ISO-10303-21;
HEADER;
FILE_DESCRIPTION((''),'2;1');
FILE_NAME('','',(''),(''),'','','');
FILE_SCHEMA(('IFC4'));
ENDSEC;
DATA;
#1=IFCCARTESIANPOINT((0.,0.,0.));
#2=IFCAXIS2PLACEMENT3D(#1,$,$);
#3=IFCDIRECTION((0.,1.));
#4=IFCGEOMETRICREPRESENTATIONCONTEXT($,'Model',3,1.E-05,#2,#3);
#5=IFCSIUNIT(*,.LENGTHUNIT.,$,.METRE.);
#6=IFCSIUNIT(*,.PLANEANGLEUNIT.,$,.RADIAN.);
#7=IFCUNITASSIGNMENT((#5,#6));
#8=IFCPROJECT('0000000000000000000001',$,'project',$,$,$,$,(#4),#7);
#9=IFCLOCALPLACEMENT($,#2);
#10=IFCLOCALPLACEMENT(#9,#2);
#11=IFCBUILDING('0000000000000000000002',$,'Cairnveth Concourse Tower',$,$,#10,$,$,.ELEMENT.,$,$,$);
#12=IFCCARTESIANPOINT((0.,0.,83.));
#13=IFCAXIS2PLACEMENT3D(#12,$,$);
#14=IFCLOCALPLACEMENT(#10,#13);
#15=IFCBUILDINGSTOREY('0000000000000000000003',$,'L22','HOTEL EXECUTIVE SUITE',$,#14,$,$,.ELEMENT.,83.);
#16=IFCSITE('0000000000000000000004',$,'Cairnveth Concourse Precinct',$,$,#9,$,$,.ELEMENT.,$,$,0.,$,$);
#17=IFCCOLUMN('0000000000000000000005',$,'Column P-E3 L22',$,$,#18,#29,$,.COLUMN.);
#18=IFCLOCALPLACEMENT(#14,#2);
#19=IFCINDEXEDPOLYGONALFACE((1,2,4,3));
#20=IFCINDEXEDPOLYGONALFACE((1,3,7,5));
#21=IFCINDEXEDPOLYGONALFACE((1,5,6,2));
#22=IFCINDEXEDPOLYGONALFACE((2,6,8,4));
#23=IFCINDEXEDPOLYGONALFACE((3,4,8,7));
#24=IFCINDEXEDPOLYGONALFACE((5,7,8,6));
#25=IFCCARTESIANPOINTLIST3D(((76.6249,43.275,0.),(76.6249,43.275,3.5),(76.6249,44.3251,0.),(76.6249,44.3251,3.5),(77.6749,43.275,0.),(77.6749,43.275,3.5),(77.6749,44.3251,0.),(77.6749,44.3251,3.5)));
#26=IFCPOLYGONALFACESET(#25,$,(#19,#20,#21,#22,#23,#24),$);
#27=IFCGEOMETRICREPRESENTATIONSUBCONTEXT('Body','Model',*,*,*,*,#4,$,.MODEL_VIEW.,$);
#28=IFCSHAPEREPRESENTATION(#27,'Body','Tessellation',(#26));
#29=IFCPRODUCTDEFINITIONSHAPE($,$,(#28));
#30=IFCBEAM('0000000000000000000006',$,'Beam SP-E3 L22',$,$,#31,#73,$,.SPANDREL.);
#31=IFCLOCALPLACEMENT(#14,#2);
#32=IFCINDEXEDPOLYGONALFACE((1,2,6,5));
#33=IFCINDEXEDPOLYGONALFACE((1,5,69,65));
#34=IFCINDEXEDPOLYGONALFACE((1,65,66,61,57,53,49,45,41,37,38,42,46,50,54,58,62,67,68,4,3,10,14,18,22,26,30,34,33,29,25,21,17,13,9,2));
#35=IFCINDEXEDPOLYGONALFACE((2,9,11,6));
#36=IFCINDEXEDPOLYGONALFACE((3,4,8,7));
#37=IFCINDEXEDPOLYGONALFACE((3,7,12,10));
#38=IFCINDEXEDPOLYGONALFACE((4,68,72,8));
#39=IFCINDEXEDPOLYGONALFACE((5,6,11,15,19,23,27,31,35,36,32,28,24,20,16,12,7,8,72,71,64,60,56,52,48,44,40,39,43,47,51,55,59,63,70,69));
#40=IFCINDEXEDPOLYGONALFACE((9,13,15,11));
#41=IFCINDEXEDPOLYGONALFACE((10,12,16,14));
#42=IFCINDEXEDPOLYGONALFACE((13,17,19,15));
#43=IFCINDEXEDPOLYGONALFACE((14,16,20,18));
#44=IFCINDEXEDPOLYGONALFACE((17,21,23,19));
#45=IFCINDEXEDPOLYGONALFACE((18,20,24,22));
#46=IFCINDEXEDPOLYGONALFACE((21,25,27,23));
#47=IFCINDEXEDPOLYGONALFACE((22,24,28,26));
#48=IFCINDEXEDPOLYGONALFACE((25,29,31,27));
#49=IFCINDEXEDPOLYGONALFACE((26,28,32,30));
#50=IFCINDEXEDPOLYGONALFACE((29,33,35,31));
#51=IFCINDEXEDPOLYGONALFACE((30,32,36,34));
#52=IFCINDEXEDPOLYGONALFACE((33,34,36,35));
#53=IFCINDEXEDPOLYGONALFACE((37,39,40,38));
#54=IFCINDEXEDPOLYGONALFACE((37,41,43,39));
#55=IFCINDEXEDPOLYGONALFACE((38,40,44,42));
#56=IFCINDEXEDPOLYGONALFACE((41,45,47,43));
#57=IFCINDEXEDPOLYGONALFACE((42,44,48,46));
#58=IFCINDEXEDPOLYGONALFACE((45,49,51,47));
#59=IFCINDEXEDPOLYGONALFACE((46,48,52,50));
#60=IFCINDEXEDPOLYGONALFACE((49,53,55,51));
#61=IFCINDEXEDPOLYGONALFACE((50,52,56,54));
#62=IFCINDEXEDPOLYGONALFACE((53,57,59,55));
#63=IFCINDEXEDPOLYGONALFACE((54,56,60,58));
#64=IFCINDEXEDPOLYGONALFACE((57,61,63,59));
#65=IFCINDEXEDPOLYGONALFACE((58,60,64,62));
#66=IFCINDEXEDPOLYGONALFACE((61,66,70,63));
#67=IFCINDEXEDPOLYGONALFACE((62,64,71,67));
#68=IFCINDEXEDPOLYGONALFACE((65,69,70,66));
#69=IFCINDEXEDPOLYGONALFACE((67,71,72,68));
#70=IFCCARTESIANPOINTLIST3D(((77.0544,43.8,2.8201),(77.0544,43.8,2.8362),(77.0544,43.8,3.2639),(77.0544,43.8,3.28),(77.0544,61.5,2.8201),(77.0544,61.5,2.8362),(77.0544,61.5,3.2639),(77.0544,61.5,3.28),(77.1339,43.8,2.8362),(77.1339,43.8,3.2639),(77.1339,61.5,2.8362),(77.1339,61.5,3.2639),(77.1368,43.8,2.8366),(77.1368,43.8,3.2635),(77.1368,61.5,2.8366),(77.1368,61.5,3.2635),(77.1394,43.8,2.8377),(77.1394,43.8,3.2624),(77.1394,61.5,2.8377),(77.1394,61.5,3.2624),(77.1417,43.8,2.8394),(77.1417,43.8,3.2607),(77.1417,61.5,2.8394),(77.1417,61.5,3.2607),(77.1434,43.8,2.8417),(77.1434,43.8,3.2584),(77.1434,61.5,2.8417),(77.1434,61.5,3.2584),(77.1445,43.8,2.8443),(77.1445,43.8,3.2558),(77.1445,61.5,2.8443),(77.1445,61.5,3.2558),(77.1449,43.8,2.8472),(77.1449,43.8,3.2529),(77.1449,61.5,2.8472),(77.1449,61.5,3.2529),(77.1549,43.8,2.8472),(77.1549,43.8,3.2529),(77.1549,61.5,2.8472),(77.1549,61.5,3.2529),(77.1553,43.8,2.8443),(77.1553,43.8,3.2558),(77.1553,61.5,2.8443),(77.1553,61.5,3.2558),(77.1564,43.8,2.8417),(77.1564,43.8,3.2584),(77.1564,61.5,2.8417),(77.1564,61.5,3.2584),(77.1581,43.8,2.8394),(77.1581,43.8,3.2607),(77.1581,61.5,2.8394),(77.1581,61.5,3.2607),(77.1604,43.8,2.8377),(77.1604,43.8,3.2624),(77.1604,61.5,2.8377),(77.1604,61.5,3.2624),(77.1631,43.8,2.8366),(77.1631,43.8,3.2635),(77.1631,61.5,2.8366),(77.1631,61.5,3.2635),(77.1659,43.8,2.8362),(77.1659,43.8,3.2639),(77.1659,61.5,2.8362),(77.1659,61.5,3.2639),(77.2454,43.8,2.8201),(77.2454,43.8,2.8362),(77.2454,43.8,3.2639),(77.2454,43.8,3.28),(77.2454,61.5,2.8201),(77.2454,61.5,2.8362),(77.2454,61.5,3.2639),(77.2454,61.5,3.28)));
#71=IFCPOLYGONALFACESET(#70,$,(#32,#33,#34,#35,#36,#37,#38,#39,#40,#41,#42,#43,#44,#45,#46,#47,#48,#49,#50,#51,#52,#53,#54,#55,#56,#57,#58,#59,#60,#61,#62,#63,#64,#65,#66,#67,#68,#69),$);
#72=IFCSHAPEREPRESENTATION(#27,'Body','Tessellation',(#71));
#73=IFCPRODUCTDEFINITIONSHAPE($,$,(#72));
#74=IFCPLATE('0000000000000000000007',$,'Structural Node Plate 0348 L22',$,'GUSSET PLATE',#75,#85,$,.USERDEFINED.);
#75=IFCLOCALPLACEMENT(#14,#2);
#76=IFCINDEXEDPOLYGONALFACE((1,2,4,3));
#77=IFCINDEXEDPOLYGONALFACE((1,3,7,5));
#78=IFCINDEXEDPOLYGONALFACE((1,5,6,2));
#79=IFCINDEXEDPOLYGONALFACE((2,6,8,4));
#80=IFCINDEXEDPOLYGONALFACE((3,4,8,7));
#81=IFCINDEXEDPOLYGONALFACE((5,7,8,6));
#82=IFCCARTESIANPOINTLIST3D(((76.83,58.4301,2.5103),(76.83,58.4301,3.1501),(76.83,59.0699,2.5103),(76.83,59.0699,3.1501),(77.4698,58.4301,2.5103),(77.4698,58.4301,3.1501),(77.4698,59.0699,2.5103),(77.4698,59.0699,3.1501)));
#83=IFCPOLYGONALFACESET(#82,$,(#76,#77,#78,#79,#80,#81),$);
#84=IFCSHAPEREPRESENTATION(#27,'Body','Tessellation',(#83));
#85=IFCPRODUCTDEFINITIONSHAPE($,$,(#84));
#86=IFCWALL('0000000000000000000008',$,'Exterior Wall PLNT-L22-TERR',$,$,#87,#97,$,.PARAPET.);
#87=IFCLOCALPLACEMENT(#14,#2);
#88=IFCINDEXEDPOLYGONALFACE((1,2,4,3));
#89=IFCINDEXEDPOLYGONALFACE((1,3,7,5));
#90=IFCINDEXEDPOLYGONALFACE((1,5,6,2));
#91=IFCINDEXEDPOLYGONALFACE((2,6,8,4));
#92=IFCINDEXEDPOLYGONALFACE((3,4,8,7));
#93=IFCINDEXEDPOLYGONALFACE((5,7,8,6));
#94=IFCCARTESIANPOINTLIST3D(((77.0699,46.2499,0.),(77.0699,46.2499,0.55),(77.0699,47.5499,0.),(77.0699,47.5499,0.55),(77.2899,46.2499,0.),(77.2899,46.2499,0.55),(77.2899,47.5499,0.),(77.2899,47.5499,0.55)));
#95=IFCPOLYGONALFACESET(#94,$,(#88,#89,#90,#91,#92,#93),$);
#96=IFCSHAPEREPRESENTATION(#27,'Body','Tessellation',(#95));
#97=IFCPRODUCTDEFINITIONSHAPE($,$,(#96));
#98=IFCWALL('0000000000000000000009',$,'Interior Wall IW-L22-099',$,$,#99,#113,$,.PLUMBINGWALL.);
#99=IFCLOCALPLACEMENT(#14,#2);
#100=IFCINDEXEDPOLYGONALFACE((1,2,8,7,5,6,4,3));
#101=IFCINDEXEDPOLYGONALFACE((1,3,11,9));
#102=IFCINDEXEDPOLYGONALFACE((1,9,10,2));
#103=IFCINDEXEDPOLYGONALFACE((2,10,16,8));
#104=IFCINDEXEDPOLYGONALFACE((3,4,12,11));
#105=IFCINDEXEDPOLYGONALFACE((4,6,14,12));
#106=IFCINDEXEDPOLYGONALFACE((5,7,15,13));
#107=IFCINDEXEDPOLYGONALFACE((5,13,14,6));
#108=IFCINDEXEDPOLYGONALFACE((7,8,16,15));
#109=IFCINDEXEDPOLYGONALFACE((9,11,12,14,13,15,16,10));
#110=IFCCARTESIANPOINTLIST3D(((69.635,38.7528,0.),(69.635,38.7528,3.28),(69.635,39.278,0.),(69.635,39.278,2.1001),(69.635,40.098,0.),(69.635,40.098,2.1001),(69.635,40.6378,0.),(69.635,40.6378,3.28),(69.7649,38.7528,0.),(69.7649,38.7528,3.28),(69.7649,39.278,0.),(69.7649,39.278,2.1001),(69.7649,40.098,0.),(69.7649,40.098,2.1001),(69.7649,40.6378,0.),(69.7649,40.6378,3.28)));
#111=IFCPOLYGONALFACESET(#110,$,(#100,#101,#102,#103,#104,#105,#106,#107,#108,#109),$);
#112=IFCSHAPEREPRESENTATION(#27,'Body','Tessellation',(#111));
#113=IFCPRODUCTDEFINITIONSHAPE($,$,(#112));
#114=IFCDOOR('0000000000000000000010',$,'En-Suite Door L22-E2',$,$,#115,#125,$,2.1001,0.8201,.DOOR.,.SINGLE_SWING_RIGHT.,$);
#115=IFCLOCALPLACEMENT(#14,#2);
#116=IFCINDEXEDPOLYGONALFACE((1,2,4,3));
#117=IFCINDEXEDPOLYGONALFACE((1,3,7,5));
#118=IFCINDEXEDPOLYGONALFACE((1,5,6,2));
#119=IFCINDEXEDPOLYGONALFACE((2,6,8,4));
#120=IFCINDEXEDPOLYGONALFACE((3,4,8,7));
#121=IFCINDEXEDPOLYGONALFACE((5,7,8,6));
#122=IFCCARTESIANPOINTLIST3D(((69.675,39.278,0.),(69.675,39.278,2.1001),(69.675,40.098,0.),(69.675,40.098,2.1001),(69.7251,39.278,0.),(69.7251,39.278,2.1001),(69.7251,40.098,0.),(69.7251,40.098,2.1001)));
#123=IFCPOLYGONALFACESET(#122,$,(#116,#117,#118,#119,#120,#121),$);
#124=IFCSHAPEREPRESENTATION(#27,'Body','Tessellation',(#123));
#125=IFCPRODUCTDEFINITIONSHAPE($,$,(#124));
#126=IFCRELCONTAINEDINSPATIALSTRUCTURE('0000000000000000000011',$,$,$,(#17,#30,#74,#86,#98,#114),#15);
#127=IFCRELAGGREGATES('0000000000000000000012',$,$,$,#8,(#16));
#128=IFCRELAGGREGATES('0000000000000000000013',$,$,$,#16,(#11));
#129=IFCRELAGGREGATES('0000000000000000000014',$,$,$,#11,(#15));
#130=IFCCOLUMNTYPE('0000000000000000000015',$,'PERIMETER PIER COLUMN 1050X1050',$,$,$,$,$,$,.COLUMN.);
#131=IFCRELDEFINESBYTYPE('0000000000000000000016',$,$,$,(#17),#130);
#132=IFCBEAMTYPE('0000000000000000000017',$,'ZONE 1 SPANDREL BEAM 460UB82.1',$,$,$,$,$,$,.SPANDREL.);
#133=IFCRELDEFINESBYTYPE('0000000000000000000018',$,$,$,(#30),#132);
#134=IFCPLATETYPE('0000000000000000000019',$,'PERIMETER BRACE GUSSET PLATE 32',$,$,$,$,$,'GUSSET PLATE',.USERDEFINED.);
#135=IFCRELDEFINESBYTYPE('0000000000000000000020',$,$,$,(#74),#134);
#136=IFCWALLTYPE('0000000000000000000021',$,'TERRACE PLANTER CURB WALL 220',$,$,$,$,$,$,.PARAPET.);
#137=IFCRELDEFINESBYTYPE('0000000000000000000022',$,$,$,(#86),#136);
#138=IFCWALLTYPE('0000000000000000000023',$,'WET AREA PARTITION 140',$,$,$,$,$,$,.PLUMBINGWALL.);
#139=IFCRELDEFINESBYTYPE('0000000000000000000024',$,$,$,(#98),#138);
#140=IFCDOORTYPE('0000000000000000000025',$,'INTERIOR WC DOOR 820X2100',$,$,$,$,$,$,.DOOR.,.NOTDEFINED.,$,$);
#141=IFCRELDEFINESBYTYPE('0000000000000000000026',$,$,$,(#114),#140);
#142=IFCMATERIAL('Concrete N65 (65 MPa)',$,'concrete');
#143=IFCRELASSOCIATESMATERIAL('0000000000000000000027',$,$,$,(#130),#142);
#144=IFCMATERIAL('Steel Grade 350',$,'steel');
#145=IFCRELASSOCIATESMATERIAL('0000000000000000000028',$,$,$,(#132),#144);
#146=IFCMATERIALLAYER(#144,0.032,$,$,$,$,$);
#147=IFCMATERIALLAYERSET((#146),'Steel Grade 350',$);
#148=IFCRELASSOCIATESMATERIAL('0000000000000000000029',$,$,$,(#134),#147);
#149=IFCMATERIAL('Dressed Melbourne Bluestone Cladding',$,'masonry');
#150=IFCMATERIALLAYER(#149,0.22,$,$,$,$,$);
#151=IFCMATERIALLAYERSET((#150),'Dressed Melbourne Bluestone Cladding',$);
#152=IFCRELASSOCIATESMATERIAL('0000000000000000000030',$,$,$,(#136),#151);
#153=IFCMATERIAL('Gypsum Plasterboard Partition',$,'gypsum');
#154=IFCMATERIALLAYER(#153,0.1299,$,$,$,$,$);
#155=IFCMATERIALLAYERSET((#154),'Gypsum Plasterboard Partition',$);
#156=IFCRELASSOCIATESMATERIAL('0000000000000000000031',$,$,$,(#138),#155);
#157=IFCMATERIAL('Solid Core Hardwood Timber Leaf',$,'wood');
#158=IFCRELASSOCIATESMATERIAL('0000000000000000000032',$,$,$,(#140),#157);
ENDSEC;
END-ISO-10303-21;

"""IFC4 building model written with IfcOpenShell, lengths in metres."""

from ifc_helpers import new_model, si_unit, direction, frame, frame_2d, origin, origin_2d, place, context, subcontext, project, spatial, rectangle, i_section, extrude, material, layer, layer_set, material_profile, profile_set, type_object, element, fill, save


model = new_model("IFC4")

# Units and contexts
model_context = context("Model", 3, precision=1e-05, world=origin(), true_north=direction((0.0, 1.0)))
body_context = subcontext(model_context, "Body", "Model", "MODEL_VIEW")
ifc_project = project(units=[si_unit("LENGTHUNIT", "METRE"), si_unit("PLANEANGLEUNIT", "RADIAN")], contexts=[model_context])

# Site, building, storey
site_placement = place(None, origin())
site = spatial("IfcSite", under=ifc_project, at=site_placement, Name="Cairnveth Concourse Precinct", CompositionType="ELEMENT", RefElevation=0.0)
building_placement = place(site_placement, origin())
building = spatial("IfcBuilding", under=site, at=building_placement, Name="Cairnveth Concourse Tower", CompositionType="ELEMENT")
storey_placement = place(building_placement, frame((0.0, 0.0, 83.0)))
storey = spatial("IfcBuildingStorey", under=building, at=storey_placement, Name="L22", Description="HOTEL EXECUTIVE SUITE", CompositionType="ELEMENT", Elevation=83.0)

# Column
ifc_material_1 = material(Name="Concrete N65 (65 MPa)", Category="concrete")
ifc_material_profile_1 = material_profile(ifc_material_1, rectangle(XDim=1.05, YDim=1.05, at=origin_2d()), Name="RC-COL-1050x1050")
ifc_profile_set_1 = profile_set([ifc_material_profile_1], Name="Concrete N65 (65 MPa)")
column_type = type_object("IfcColumnType", Name="PERIMETER PIER COLUMN 1050X1050", PredefinedType="COLUMN", material=ifc_profile_set_1)
column_placement = place(storey_placement, frame((77.1499, 43.8, 0.0), z_axis=(0.0, 0.0, 1.0), x_axis=(0.0, 1.0, 0.0)))
element("IfcColumn", 1, at=column_placement, inside=storey, type_object=column_type, Name="Column P-E3 L22", PredefinedType="COLUMN", context=body_context, shape_type="SweptSolid", body=[
    extrude(rectangle(XDim=1.05, YDim=1.05, at=origin_2d()), origin(), (0.0, 0.0, 1.0), 3.5),
])

# Beam
ifc_material_2 = material(Name="Steel Grade 350", Category="steel")
ifc_material_profile_2 = material_profile(ifc_material_2, i_section(OverallWidth=0.1909, OverallDepth=0.46, WebThickness=0.01, FlangeThickness=0.0161, FilletRadius=0.011, at=origin_2d()), Name="460UB82.1")
ifc_profile_set_2 = profile_set([ifc_material_profile_2], Name="Steel Grade 350")
beam_type = type_object("IfcBeamType", Name="ZONE 1 SPANDREL BEAM 460UB82.1", PredefinedType="SPANDREL", material=ifc_profile_set_2)
beam_placement = place(storey_placement, frame((77.1499, 43.8, 3.05), z_axis=(0.0, 1.0, 0.0), x_axis=(-1.0, 0.0, 0.0)))
element("IfcBeam", 2, at=beam_placement, inside=storey, type_object=beam_type, Name="Beam SP-E3 L22", PredefinedType="SPANDREL", context=body_context, shape_type="SweptSolid", body=[
    extrude(i_section(OverallWidth=0.1909, OverallDepth=0.46, WebThickness=0.01, FlangeThickness=0.0161, FilletRadius=0.011, at=origin_2d()), origin(), (0.0, 0.0, 1.0), 17.7),
])

# Plate
ifc_layer_1 = layer(ifc_material_2, 0.032)
ifc_layer_set_1 = layer_set([ifc_layer_1], Name="Steel Grade 350")
plate_type = type_object("IfcPlateType", Name="PERIMETER BRACE GUSSET PLATE 32", ElementType="GUSSET PLATE", PredefinedType="USERDEFINED", material=ifc_layer_set_1)
plate_placement = place(storey_placement, frame((77.1499, 58.75, 2.5103), z_axis=(0.0, 0.0, 1.0), x_axis=(1.0, 0.0, 0.0)))
element("IfcPlate", 3, at=plate_placement, inside=storey, type_object=plate_type, Name="Structural Node Plate 0348 L22", ObjectType="GUSSET PLATE", PredefinedType="USERDEFINED", context=body_context, shape_type="SweptSolid", body=[
    extrude(rectangle(XDim=0.6399, YDim=0.6399, at=origin_2d()), origin(), (0.0, 0.0, 1.0), 0.6399),
])

# Wall
ifc_material_3 = material(Name="Dressed Melbourne Bluestone Cladding", Category="masonry")
ifc_layer_2 = layer(ifc_material_3, 0.22)
ifc_layer_set_2 = layer_set([ifc_layer_2], Name="Dressed Melbourne Bluestone Cladding")
wall_type_1 = type_object("IfcWallType", Name="TERRACE PLANTER CURB WALL 220", PredefinedType="PARAPET", material=ifc_layer_set_2)
wall_1_placement = place(storey_placement, frame((77.1799, 46.25, 0.0), z_axis=(0.0, 0.0, 1.0), x_axis=(0.0, 1.0, 0.0)))
element("IfcWall", 4, at=wall_1_placement, inside=storey, type_object=wall_type_1, Name="Exterior Wall PLNT-L22-TERR", PredefinedType="PARAPET", context=body_context, shape_type="SweptSolid", body=[
    extrude(rectangle(XDim=1.3, YDim=0.22, at=frame_2d((0.6499, 0.0))), origin(), (0.0, 0.0, 1.0), 0.55),
])

# Wall, opening, door
ifc_material_4 = material(Name="Gypsum Plasterboard Partition", Category="gypsum")
ifc_layer_3 = layer(ifc_material_4, 0.1299)
ifc_layer_set_3 = layer_set([ifc_layer_3], Name="Gypsum Plasterboard Partition")
wall_type_2 = type_object("IfcWallType", Name="WET AREA PARTITION 140", PredefinedType="PLUMBINGWALL", material=ifc_layer_set_3)
wall_2_placement = place(storey_placement, frame((69.7, 38.7529, 0.0), z_axis=(0.0, 0.0, 1.0), x_axis=(0.0, 1.0, 0.0)))
wall_2 = element("IfcWall", 5, at=wall_2_placement, inside=storey, type_object=wall_type_2, Name="Interior Wall IW-L22-099", PredefinedType="PLUMBINGWALL", context=body_context, shape_type="SweptSolid", body=[
    extrude(rectangle(XDim=1.885, YDim=0.1299, at=frame_2d((0.9424, 0.0))), origin(), (0.0, 0.0, 1.0), 3.28),
])
opening_1_placement = place(wall_2_placement, frame((0.5249, 0.0, 0.0)))
opening_1 = element("IfcOpeningElement", 6, at=opening_1_placement, cuts=wall_2, PredefinedType="OPENING", context=body_context, shape_type="SweptSolid", body=[
    extrude(rectangle(XDim=0.8201, YDim=2.1001, at=frame_2d((0.4102, 1.05))), frame((0.0, 0.075, 0.0), z_axis=(0.0, -1.0, 0.0), x_axis=(1.0, 0.0, 0.0)), (0.0, 0.0, 1.0), 0.1499),
])
ifc_material_5 = material(Name="Solid Core Hardwood Timber Leaf", Category="wood")
door_type_1 = type_object("IfcDoorType", Name="INTERIOR WC DOOR 820X2100", OperationType="NOTDEFINED", PredefinedType="DOOR", material=ifc_material_5)
door_1_placement = place(opening_1_placement, origin())
door_1 = element("IfcDoor", 7, at=door_1_placement, inside=storey, type_object=door_type_1, Name="En-Suite Door L22-E2", OperationType="SINGLE_SWING_RIGHT", OverallHeight=2.1001, OverallWidth=0.8201, PredefinedType="DOOR", context=body_context, shape_type="SweptSolid", body=[
    extrude(rectangle(XDim=0.8201, YDim=2.1001, at=frame_2d((0.4102, 1.05))), frame((0.0, 0.0249, 0.0), z_axis=(0.0, -1.0, 0.0), x_axis=(1.0, 0.0, 0.0)), (0.0, 0.0, 1.0), 0.05),
])
fill(opening_1, door_1)

save(model, "model.ifc")
